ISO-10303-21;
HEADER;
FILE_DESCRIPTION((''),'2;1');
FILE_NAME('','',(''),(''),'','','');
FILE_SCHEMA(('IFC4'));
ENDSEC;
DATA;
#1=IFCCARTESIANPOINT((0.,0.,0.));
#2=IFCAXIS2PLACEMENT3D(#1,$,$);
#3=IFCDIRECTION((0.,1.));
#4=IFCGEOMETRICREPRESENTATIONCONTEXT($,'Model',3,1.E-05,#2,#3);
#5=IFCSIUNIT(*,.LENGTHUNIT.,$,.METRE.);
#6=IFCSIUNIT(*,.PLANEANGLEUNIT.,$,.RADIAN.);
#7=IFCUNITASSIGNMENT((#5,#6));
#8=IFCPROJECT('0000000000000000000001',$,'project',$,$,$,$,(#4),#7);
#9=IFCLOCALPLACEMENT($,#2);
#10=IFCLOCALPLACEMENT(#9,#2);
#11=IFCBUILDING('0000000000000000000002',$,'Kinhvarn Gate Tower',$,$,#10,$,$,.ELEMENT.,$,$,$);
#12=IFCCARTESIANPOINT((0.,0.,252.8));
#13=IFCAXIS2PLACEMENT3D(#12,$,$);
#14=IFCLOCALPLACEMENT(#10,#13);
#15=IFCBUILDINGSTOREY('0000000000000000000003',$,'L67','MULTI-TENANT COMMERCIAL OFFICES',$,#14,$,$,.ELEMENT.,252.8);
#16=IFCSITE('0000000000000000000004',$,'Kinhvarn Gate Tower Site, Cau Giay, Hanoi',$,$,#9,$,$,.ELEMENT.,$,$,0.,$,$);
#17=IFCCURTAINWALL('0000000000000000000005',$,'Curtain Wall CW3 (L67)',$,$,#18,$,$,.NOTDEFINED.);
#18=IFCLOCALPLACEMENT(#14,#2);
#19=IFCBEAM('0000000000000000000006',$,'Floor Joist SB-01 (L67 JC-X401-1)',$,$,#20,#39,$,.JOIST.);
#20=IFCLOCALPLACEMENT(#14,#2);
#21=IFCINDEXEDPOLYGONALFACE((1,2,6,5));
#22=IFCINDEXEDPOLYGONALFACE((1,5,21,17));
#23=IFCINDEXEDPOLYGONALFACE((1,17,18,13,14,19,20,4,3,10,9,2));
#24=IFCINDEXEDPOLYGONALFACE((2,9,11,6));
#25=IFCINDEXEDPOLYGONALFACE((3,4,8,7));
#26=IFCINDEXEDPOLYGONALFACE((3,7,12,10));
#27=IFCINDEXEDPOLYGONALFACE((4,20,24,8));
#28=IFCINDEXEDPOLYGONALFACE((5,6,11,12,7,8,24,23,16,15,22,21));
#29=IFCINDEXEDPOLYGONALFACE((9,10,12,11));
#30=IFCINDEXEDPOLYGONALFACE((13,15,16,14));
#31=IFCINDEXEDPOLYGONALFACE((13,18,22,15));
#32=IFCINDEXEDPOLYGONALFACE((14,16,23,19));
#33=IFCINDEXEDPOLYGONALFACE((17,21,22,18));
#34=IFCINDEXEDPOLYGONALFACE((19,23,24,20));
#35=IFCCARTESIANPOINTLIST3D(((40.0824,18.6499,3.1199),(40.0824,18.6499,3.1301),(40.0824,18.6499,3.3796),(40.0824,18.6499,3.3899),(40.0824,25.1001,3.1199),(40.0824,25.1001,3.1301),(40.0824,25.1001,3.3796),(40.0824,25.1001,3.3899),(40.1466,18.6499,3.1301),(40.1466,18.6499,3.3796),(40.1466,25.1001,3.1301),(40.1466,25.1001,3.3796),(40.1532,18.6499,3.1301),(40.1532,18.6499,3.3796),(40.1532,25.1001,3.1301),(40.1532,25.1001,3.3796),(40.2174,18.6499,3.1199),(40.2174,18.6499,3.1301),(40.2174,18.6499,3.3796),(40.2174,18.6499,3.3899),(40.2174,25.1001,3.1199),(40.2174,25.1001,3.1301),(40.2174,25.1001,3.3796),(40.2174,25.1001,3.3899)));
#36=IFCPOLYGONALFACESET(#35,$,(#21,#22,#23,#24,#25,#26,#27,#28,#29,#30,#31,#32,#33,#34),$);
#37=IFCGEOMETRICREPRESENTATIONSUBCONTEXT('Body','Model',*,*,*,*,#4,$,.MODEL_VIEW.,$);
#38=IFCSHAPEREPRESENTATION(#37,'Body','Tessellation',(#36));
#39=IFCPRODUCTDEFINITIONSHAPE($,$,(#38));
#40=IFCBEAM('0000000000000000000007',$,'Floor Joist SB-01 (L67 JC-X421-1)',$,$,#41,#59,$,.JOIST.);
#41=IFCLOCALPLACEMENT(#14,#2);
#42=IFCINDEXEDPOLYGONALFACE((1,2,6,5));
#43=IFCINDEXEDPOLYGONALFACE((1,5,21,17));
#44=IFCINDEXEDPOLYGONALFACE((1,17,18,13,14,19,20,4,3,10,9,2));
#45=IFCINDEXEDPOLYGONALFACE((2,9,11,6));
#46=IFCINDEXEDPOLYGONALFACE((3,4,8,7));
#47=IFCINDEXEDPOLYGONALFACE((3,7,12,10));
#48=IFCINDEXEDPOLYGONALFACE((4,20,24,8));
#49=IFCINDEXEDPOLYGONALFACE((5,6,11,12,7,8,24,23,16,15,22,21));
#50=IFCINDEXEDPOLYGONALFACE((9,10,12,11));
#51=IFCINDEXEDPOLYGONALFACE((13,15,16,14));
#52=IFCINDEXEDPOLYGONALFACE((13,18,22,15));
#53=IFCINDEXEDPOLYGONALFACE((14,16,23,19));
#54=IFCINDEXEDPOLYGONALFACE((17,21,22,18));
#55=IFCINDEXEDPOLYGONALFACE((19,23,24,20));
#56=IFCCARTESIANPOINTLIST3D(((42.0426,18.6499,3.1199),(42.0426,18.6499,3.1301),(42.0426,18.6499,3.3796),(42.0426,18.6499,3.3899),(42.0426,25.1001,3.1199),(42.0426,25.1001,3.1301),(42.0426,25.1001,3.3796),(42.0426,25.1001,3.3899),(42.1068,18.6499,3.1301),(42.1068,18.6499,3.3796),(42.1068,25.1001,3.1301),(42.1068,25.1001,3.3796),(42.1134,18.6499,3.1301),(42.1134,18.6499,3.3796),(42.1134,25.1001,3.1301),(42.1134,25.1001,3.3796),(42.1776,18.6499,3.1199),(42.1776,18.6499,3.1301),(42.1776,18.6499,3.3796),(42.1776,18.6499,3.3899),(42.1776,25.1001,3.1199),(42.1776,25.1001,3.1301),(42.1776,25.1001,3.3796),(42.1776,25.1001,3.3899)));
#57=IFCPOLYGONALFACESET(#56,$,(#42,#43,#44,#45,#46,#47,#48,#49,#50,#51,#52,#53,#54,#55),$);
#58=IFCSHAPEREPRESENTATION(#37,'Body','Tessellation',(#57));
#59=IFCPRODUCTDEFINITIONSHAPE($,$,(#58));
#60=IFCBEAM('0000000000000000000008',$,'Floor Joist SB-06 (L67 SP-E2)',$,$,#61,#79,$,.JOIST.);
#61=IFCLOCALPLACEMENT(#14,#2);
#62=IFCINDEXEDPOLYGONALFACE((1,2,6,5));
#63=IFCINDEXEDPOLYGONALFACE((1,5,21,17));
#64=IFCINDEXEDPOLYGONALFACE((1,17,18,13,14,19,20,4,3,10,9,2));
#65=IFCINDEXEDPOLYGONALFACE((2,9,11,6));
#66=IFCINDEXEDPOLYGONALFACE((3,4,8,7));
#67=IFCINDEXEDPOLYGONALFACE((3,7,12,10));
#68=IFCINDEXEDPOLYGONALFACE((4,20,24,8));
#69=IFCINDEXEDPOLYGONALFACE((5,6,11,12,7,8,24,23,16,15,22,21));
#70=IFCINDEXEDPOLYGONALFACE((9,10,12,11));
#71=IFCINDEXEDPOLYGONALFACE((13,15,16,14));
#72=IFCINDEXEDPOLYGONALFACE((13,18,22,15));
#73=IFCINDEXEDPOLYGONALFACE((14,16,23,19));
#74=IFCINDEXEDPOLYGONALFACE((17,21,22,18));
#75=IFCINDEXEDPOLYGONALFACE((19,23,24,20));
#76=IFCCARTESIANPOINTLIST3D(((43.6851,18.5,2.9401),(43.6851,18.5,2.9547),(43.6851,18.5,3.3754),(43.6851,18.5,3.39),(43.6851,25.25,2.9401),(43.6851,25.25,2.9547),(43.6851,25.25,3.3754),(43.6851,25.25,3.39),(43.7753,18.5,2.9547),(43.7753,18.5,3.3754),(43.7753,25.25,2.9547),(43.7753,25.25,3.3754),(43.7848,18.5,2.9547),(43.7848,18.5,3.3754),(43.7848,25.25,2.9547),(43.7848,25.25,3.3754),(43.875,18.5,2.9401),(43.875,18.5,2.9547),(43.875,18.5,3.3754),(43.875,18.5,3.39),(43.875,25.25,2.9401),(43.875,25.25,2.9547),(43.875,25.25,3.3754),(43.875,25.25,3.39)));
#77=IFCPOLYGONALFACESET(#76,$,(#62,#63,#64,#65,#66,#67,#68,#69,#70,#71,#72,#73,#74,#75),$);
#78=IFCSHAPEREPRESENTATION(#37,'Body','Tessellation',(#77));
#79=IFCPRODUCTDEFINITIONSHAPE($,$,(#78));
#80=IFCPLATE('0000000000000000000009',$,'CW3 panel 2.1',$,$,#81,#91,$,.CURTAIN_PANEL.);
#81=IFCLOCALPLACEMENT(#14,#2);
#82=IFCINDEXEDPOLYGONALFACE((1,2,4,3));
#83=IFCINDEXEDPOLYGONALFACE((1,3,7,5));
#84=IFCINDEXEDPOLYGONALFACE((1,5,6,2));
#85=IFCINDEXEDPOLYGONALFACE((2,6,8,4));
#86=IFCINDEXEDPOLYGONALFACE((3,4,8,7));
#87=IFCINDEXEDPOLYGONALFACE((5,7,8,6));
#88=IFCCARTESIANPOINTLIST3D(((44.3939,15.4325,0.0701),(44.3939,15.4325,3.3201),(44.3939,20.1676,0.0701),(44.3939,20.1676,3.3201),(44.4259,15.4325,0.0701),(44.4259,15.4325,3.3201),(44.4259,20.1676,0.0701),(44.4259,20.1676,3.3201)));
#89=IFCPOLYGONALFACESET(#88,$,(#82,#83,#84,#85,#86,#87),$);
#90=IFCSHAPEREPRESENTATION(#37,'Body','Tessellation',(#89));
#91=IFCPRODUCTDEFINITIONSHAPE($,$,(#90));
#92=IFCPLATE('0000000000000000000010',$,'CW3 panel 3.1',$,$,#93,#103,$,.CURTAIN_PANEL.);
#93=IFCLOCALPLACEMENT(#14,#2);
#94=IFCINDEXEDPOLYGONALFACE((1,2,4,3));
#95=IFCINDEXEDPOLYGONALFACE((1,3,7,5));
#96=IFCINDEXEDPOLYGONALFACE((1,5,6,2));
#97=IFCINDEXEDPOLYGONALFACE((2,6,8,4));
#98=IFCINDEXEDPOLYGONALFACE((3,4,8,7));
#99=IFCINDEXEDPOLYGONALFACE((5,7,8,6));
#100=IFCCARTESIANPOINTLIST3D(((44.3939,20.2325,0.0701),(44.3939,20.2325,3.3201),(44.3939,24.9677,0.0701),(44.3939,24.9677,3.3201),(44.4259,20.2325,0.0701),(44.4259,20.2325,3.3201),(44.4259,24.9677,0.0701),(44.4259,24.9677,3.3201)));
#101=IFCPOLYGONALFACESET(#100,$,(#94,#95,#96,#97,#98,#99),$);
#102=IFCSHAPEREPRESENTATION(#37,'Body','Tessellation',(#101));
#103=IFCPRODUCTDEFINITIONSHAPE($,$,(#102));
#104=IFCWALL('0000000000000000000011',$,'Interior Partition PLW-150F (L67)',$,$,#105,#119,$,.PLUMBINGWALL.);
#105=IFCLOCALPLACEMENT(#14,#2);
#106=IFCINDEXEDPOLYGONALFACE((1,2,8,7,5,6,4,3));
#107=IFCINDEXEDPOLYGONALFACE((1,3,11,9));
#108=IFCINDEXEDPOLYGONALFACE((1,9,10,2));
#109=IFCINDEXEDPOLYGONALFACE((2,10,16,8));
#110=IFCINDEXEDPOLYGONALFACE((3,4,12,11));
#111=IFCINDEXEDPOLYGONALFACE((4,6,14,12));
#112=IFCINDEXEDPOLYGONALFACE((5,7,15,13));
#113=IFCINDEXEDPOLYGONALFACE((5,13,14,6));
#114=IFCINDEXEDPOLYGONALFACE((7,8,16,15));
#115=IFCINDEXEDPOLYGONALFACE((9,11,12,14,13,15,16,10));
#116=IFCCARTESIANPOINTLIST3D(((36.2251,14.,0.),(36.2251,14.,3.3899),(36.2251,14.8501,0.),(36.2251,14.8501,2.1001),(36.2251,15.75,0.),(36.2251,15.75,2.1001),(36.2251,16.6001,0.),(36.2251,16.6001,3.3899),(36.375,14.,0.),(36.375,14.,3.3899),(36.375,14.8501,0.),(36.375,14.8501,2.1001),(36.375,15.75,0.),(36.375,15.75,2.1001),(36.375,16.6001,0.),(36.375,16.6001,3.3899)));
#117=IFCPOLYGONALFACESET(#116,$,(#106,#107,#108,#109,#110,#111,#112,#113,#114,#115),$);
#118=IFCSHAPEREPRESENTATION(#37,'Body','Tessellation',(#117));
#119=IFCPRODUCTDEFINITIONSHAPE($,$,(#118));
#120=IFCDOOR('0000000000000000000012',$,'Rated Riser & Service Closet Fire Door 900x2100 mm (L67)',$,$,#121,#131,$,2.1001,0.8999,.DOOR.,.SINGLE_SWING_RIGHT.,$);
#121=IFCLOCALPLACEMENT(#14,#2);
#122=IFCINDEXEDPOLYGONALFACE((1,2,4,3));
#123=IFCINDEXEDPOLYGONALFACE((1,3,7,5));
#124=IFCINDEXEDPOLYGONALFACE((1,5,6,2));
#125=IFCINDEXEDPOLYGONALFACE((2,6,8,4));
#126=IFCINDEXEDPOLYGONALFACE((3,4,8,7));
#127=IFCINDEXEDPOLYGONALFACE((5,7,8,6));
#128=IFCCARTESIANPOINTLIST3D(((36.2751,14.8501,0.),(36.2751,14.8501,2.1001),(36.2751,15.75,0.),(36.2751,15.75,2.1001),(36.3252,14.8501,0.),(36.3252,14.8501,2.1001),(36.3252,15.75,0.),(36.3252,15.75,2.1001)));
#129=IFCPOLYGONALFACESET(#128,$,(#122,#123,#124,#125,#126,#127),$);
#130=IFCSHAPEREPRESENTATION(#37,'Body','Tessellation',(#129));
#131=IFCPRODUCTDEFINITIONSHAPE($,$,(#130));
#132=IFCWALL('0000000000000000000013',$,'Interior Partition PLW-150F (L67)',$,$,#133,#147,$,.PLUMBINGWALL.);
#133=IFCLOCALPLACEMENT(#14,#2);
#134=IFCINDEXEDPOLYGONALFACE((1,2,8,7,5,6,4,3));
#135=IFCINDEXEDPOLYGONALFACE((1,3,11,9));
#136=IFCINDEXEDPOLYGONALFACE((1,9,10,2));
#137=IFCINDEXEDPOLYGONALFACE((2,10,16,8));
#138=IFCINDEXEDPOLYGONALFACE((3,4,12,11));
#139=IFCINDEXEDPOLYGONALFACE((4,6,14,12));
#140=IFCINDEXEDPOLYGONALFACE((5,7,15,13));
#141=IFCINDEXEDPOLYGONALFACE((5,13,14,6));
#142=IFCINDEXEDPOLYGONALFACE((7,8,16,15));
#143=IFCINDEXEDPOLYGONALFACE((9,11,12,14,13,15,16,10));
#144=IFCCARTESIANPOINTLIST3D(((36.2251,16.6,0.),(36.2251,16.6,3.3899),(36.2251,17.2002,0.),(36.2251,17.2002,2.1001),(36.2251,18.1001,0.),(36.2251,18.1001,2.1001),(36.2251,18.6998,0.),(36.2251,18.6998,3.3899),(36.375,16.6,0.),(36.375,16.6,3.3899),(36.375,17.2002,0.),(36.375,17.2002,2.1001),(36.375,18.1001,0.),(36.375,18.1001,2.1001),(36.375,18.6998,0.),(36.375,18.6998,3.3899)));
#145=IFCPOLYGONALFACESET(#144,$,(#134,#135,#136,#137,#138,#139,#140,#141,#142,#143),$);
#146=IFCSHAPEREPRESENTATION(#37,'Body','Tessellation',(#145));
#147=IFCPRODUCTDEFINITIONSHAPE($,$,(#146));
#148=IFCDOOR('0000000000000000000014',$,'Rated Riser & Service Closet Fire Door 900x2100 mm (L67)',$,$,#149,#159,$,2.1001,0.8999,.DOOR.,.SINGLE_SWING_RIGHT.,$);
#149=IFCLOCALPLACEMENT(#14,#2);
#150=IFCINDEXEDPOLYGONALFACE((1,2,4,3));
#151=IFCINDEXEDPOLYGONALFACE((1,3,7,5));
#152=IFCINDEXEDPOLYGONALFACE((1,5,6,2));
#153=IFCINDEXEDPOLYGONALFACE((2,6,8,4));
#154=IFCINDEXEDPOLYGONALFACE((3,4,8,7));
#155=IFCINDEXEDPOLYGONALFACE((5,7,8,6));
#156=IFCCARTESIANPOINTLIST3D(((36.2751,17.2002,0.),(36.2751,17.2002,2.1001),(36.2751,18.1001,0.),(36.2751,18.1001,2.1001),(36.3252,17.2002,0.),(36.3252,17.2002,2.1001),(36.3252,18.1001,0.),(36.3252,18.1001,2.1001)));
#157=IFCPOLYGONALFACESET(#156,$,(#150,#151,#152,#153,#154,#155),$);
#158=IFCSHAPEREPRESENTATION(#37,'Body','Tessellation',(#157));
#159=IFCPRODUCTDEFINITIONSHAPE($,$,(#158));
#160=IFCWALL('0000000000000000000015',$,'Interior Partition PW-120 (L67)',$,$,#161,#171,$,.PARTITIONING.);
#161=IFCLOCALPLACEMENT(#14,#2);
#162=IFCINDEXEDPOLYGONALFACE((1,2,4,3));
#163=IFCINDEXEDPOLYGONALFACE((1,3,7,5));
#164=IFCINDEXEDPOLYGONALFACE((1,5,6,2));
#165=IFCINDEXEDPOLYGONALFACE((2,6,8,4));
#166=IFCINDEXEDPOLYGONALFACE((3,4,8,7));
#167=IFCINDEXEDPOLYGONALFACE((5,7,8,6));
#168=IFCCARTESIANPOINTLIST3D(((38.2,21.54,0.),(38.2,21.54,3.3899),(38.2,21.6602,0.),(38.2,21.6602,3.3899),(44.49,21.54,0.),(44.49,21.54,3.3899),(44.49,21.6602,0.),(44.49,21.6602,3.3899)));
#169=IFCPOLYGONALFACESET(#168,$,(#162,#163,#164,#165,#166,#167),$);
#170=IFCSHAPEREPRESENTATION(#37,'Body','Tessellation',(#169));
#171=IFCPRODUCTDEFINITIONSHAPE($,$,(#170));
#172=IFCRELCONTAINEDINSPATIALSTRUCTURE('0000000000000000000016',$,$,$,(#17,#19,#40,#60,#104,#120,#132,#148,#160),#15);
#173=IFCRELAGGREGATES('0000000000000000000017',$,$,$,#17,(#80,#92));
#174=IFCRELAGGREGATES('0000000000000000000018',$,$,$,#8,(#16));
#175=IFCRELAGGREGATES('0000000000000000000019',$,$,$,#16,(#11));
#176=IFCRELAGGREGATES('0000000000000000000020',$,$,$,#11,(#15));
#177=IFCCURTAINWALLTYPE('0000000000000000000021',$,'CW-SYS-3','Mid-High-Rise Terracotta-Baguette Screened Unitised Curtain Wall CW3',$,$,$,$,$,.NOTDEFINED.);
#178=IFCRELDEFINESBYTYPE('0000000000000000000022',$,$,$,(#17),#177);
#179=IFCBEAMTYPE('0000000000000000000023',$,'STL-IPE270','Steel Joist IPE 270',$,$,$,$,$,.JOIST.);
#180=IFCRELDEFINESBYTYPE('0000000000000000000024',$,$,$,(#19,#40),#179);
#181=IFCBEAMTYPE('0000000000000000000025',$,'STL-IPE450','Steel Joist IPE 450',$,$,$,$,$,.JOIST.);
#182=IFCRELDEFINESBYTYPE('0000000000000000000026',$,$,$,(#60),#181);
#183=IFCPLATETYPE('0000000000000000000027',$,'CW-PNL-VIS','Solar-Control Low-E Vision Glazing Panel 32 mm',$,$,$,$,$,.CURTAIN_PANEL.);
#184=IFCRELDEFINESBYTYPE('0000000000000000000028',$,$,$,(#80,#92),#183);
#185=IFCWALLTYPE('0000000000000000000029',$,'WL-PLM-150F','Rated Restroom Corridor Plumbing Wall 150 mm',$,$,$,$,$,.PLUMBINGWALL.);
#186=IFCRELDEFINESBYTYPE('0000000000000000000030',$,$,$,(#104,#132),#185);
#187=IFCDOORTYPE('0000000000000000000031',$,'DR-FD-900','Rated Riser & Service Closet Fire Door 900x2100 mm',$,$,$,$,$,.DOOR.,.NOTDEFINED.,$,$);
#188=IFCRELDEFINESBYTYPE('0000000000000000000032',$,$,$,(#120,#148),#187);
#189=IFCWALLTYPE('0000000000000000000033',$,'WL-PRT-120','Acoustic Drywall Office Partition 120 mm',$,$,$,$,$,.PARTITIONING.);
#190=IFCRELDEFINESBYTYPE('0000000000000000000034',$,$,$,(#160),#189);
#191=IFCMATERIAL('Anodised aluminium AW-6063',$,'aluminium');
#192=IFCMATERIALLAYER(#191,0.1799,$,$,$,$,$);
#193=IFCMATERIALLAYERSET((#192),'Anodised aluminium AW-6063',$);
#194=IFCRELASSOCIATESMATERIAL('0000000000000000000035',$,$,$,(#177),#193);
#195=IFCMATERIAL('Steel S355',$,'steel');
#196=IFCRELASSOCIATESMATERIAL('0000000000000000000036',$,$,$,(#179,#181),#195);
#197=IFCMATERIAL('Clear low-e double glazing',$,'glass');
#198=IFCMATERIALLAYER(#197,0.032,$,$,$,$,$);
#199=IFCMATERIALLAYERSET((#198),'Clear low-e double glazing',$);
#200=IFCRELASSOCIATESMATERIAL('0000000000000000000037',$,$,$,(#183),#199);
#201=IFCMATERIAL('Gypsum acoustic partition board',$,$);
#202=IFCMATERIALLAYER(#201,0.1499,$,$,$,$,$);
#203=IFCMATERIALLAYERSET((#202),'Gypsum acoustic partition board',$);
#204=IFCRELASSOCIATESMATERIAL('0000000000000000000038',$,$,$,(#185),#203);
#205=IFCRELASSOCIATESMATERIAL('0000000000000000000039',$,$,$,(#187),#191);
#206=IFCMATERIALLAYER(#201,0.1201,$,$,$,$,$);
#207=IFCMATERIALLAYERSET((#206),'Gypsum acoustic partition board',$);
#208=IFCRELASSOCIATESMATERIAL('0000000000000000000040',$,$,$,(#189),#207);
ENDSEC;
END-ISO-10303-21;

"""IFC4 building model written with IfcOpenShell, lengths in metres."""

from ifc_helpers import new_model, si_unit, direction, frame, frame_2d, origin, origin_2d, place, context, subcontext, project, spatial, rectangle, i_section, extrude, material, layer, layer_set, material_profile, profile_set, type_object, element, fill, aggregate, save


model = new_model("IFC4")

# Units and contexts
model_context = context("Model", 3, precision=1e-05, world=origin(), true_north=direction((0.0, 1.0)))
body_context = subcontext(model_context, "Body", "Model", "MODEL_VIEW")
ifc_project = project(units=[si_unit("LENGTHUNIT", "METRE"), si_unit("PLANEANGLEUNIT", "RADIAN")], contexts=[model_context])

# Site, building, storey
site_placement = place(None, origin())
site = spatial("IfcSite", under=ifc_project, at=site_placement, Name="Kinhvarn Gate Tower Site, Cau Giay, Hanoi", CompositionType="ELEMENT", RefElevation=0.0)
building_placement = place(site_placement, origin())
building = spatial("IfcBuilding", under=site, at=building_placement, Name="Kinhvarn Gate Tower", CompositionType="ELEMENT")
storey_placement = place(building_placement, frame((0.0, 0.0, 252.8)))
storey = spatial("IfcBuildingStorey", under=building, at=storey_placement, Name="L67", Description="MULTI-TENANT COMMERCIAL OFFICES", CompositionType="ELEMENT", Elevation=252.8)

# Curtain wall
ifc_material_1 = material(Name="Anodised aluminium AW-6063", Category="aluminium")
ifc_layer_1 = layer(ifc_material_1, 0.1799)
ifc_layer_set_1 = layer_set([ifc_layer_1], Name="Anodised aluminium AW-6063")
curtain_wall_type = type_object("IfcCurtainWallType", Name="CW-SYS-3", Description="Mid-High-Rise Terracotta-Baguette Screened Unitised Curtain Wall CW3", PredefinedType="NOTDEFINED", material=ifc_layer_set_1)
curtain_wall_placement = place(storey_placement, origin())
curtain_wall = element("IfcCurtainWall", 1, at=curtain_wall_placement, inside=storey, type_object=curtain_wall_type, Name="Curtain Wall CW3 (L67)", PredefinedType="NOTDEFINED")

# Beams
ifc_material_2 = material(Name="Steel S355", Category="steel")
ifc_material_profile_1 = material_profile(ifc_material_2, i_section(OverallWidth=0.135, OverallDepth=0.27, WebThickness=0.0066, FlangeThickness=0.0103, at=origin_2d()), Name="IPE 270")
ifc_profile_set_1 = profile_set([ifc_material_profile_1], Name="Steel S355")
beam_type_1 = type_object("IfcBeamType", Name="STL-IPE270", Description="Steel Joist IPE 270", PredefinedType="JOIST", material=ifc_profile_set_1)
for number, where, z_axis, x_axis, name in (
    (2, (40.1499, 18.6499, 3.2549), (0.0, 1.0, 0.0), (-1.0, 0.0, 0.0), "Floor Joist SB-01 (L67 JC-X401-1)"),
    (3, (42.1101, 18.6499, 3.2549), (0.0, 1.0, 0.0), (-1.0, 0.0, 0.0), "Floor Joist SB-01 (L67 JC-X421-1)"),
):
    element("IfcBeam", number, at=place(storey_placement, frame(where, z_axis=z_axis, x_axis=x_axis)), inside=storey, type_object=beam_type_1, Name=name, PredefinedType="JOIST", context=body_context, shape_type="SweptSolid", body=[
        extrude(i_section(OverallWidth=0.135, OverallDepth=0.27, WebThickness=0.0066, FlangeThickness=0.0103, at=origin_2d()), origin(), (0.0, 0.0, 1.0), 6.4502),
    ])
ifc_material_profile_2 = material_profile(ifc_material_2, i_section(OverallWidth=0.1899, OverallDepth=0.45, WebThickness=0.0095, FlangeThickness=0.0146, at=origin_2d()), Name="IPE 450")
ifc_profile_set_2 = profile_set([ifc_material_profile_2], Name="Steel S355")
beam_type_2 = type_object("IfcBeamType", Name="STL-IPE450", Description="Steel Joist IPE 450", PredefinedType="JOIST", material=ifc_profile_set_2)
beam_1_placement = place(storey_placement, frame((43.78, 18.5, 3.165), z_axis=(0.0, 1.0, 0.0), x_axis=(-1.0, 0.0, 0.0)))
element("IfcBeam", 4, at=beam_1_placement, inside=storey, type_object=beam_type_2, Name="Floor Joist SB-06 (L67 SP-E2)", PredefinedType="JOIST", context=body_context, shape_type="SweptSolid", body=[
    extrude(i_section(OverallWidth=0.1899, OverallDepth=0.45, WebThickness=0.0095, FlangeThickness=0.0146, at=origin_2d()), origin(), (0.0, 0.0, 1.0), 6.75),
])

# Plates
ifc_material_3 = material(Name="Clear low-e double glazing", Category="glass")
ifc_layer_2 = layer(ifc_material_3, 0.032)
ifc_layer_set_2 = layer_set([ifc_layer_2], Name="Clear low-e double glazing")
plate_type = type_object("IfcPlateType", Name="CW-PNL-VIS", Description="Solar-Control Low-E Vision Glazing Panel 32 mm", PredefinedType="CURTAIN_PANEL", material=ifc_layer_set_2)
plate_1_placement = place(storey_placement, frame((44.4099, 17.8, 0.0701), z_axis=(0.0, 0.0, 1.0), x_axis=(0.0, 1.0, 0.0)))
plate_1 = element("IfcPlate", 5, at=plate_1_placement, type_object=plate_type, Name="CW3 panel 2.1", PredefinedType="CURTAIN_PANEL", context=body_context, shape_type="SweptSolid", body=[
    extrude(rectangle(XDim=4.7351, YDim=0.032, at=origin_2d()), origin(), (0.0, 0.0, 1.0), 3.25),
])
plate_2_placement = place(storey_placement, frame((44.4099, 22.6001, 0.0701), z_axis=(0.0, 0.0, 1.0), x_axis=(0.0, 1.0, 0.0)))
plate_2 = element("IfcPlate", 6, at=plate_2_placement, type_object=plate_type, Name="CW3 panel 3.1", PredefinedType="CURTAIN_PANEL", context=body_context, shape_type="SweptSolid", body=[
    extrude(rectangle(XDim=4.7351, YDim=0.032, at=origin_2d()), origin(), (0.0, 0.0, 1.0), 3.25),
])
aggregate(curtain_wall, [plate_1, plate_2])

# Walls, openings, doors
ifc_material_4 = material(Name="Gypsum acoustic partition board")
ifc_layer_3 = layer(ifc_material_4, 0.1499)
ifc_layer_set_3 = layer_set([ifc_layer_3], Name="Gypsum acoustic partition board")
wall_type_1 = type_object("IfcWallType", Name="WL-PLM-150F", Description="Rated Restroom Corridor Plumbing Wall 150 mm", PredefinedType="PLUMBINGWALL", material=ifc_layer_set_3)
wall_1_placement = place(storey_placement, frame((36.3, 14.0, 0.0), z_axis=(0.0, 0.0, 1.0), x_axis=(0.0, 1.0, 0.0)))
wall_1 = element("IfcWall", 7, at=wall_1_placement, inside=storey, type_object=wall_type_1, Name="Interior Partition PLW-150F (L67)", PredefinedType="PLUMBINGWALL", context=body_context, shape_type="SweptSolid", body=[
    extrude(rectangle(XDim=2.6001, YDim=0.1499, at=frame_2d((1.3, 0.0))), origin(), (0.0, 0.0, 1.0), 3.3899),
])
opening_1_placement = place(wall_1_placement, frame((0.8501, 0.0, 0.0)))
opening_1 = element("IfcOpeningElement", 8, at=opening_1_placement, cuts=wall_1, PredefinedType="OPENING", context=body_context, shape_type="SweptSolid", body=[
    extrude(rectangle(XDim=0.8999, YDim=2.1001, at=frame_2d((0.45, 1.05))), frame((0.0, 0.085, 0.0), z_axis=(0.0, -1.0, 0.0), x_axis=(1.0, 0.0, 0.0)), (0.0, 0.0, 1.0), 0.1699),
])
door_type_1 = type_object("IfcDoorType", Name="DR-FD-900", Description="Rated Riser & Service Closet Fire Door 900x2100 mm", OperationType="NOTDEFINED", PredefinedType="DOOR", material=ifc_material_1)
door_1_placement = place(opening_1_placement, origin())
door_1 = element("IfcDoor", 9, at=door_1_placement, inside=storey, type_object=door_type_1, Name="Rated Riser & Service Closet Fire Door 900x2100 mm (L67)", OperationType="SINGLE_SWING_RIGHT", OverallHeight=2.1001, OverallWidth=0.8999, PredefinedType="DOOR", context=body_context, shape_type="SweptSolid", body=[
    extrude(rectangle(XDim=0.8999, YDim=2.1001, at=frame_2d((0.45, 1.05))), frame((0.0, 0.0249, 0.0), z_axis=(0.0, -1.0, 0.0), x_axis=(1.0, 0.0, 0.0)), (0.0, 0.0, 1.0), 0.05),
])
fill(opening_1, door_1)
wall_2_placement = place(storey_placement, frame((36.3, 16.6001, 0.0), z_axis=(0.0, 0.0, 1.0), x_axis=(0.0, 1.0, 0.0)))
wall_2 = element("IfcWall", 10, at=wall_2_placement, inside=storey, type_object=wall_type_1, Name="Interior Partition PLW-150F (L67)", PredefinedType="PLUMBINGWALL", context=body_context, shape_type="SweptSolid", body=[
    extrude(rectangle(XDim=2.0999, YDim=0.1499, at=frame_2d((1.0498, 0.0))), origin(), (0.0, 0.0, 1.0), 3.3899),
])
opening_2_placement = place(wall_2_placement, frame((0.6001, 0.0, 0.0)))
opening_2 = element("IfcOpeningElement", 11, at=opening_2_placement, cuts=wall_2, PredefinedType="OPENING", context=body_context, shape_type="SweptSolid", body=[
    extrude(rectangle(XDim=0.8999, YDim=2.1001, at=frame_2d((0.45, 1.05))), frame((0.0, 0.085, 0.0), z_axis=(0.0, -1.0, 0.0), x_axis=(1.0, 0.0, 0.0)), (0.0, 0.0, 1.0), 0.1699),
])
door_2_placement = place(opening_2_placement, origin())
door_2 = element("IfcDoor", 12, at=door_2_placement, inside=storey, type_object=door_type_1, Name="Rated Riser & Service Closet Fire Door 900x2100 mm (L67)", OperationType="SINGLE_SWING_RIGHT", OverallHeight=2.1001, OverallWidth=0.8999, PredefinedType="DOOR", context=body_context, shape_type="SweptSolid", body=[
    extrude(rectangle(XDim=0.8999, YDim=2.1001, at=frame_2d((0.45, 1.05))), frame((0.0, 0.0249, 0.0), z_axis=(0.0, -1.0, 0.0), x_axis=(1.0, 0.0, 0.0)), (0.0, 0.0, 1.0), 0.05),
])
fill(opening_2, door_2)

# Wall
ifc_layer_4 = layer(ifc_material_4, 0.1201)
ifc_layer_set_4 = layer_set([ifc_layer_4], Name="Gypsum acoustic partition board")
wall_type_2 = type_object("IfcWallType", Name="WL-PRT-120", Description="Acoustic Drywall Office Partition 120 mm", PredefinedType="PARTITIONING", material=ifc_layer_set_4)
wall_3_placement = place(storey_placement, frame((38.2, 21.6001, 0.0), z_axis=(0.0, 0.0, 1.0), x_axis=(1.0, 0.0, 0.0)))
element("IfcWall", 13, at=wall_3_placement, inside=storey, type_object=wall_type_2, Name="Interior Partition PW-120 (L67)", PredefinedType="PARTITIONING", context=body_context, shape_type="SweptSolid", body=[
    extrude(rectangle(XDim=6.29, YDim=0.1201, at=frame_2d((3.145, 0.0))), origin(), (0.0, 0.0, 1.0), 3.3899),
])

save(model, "model.ifc")
